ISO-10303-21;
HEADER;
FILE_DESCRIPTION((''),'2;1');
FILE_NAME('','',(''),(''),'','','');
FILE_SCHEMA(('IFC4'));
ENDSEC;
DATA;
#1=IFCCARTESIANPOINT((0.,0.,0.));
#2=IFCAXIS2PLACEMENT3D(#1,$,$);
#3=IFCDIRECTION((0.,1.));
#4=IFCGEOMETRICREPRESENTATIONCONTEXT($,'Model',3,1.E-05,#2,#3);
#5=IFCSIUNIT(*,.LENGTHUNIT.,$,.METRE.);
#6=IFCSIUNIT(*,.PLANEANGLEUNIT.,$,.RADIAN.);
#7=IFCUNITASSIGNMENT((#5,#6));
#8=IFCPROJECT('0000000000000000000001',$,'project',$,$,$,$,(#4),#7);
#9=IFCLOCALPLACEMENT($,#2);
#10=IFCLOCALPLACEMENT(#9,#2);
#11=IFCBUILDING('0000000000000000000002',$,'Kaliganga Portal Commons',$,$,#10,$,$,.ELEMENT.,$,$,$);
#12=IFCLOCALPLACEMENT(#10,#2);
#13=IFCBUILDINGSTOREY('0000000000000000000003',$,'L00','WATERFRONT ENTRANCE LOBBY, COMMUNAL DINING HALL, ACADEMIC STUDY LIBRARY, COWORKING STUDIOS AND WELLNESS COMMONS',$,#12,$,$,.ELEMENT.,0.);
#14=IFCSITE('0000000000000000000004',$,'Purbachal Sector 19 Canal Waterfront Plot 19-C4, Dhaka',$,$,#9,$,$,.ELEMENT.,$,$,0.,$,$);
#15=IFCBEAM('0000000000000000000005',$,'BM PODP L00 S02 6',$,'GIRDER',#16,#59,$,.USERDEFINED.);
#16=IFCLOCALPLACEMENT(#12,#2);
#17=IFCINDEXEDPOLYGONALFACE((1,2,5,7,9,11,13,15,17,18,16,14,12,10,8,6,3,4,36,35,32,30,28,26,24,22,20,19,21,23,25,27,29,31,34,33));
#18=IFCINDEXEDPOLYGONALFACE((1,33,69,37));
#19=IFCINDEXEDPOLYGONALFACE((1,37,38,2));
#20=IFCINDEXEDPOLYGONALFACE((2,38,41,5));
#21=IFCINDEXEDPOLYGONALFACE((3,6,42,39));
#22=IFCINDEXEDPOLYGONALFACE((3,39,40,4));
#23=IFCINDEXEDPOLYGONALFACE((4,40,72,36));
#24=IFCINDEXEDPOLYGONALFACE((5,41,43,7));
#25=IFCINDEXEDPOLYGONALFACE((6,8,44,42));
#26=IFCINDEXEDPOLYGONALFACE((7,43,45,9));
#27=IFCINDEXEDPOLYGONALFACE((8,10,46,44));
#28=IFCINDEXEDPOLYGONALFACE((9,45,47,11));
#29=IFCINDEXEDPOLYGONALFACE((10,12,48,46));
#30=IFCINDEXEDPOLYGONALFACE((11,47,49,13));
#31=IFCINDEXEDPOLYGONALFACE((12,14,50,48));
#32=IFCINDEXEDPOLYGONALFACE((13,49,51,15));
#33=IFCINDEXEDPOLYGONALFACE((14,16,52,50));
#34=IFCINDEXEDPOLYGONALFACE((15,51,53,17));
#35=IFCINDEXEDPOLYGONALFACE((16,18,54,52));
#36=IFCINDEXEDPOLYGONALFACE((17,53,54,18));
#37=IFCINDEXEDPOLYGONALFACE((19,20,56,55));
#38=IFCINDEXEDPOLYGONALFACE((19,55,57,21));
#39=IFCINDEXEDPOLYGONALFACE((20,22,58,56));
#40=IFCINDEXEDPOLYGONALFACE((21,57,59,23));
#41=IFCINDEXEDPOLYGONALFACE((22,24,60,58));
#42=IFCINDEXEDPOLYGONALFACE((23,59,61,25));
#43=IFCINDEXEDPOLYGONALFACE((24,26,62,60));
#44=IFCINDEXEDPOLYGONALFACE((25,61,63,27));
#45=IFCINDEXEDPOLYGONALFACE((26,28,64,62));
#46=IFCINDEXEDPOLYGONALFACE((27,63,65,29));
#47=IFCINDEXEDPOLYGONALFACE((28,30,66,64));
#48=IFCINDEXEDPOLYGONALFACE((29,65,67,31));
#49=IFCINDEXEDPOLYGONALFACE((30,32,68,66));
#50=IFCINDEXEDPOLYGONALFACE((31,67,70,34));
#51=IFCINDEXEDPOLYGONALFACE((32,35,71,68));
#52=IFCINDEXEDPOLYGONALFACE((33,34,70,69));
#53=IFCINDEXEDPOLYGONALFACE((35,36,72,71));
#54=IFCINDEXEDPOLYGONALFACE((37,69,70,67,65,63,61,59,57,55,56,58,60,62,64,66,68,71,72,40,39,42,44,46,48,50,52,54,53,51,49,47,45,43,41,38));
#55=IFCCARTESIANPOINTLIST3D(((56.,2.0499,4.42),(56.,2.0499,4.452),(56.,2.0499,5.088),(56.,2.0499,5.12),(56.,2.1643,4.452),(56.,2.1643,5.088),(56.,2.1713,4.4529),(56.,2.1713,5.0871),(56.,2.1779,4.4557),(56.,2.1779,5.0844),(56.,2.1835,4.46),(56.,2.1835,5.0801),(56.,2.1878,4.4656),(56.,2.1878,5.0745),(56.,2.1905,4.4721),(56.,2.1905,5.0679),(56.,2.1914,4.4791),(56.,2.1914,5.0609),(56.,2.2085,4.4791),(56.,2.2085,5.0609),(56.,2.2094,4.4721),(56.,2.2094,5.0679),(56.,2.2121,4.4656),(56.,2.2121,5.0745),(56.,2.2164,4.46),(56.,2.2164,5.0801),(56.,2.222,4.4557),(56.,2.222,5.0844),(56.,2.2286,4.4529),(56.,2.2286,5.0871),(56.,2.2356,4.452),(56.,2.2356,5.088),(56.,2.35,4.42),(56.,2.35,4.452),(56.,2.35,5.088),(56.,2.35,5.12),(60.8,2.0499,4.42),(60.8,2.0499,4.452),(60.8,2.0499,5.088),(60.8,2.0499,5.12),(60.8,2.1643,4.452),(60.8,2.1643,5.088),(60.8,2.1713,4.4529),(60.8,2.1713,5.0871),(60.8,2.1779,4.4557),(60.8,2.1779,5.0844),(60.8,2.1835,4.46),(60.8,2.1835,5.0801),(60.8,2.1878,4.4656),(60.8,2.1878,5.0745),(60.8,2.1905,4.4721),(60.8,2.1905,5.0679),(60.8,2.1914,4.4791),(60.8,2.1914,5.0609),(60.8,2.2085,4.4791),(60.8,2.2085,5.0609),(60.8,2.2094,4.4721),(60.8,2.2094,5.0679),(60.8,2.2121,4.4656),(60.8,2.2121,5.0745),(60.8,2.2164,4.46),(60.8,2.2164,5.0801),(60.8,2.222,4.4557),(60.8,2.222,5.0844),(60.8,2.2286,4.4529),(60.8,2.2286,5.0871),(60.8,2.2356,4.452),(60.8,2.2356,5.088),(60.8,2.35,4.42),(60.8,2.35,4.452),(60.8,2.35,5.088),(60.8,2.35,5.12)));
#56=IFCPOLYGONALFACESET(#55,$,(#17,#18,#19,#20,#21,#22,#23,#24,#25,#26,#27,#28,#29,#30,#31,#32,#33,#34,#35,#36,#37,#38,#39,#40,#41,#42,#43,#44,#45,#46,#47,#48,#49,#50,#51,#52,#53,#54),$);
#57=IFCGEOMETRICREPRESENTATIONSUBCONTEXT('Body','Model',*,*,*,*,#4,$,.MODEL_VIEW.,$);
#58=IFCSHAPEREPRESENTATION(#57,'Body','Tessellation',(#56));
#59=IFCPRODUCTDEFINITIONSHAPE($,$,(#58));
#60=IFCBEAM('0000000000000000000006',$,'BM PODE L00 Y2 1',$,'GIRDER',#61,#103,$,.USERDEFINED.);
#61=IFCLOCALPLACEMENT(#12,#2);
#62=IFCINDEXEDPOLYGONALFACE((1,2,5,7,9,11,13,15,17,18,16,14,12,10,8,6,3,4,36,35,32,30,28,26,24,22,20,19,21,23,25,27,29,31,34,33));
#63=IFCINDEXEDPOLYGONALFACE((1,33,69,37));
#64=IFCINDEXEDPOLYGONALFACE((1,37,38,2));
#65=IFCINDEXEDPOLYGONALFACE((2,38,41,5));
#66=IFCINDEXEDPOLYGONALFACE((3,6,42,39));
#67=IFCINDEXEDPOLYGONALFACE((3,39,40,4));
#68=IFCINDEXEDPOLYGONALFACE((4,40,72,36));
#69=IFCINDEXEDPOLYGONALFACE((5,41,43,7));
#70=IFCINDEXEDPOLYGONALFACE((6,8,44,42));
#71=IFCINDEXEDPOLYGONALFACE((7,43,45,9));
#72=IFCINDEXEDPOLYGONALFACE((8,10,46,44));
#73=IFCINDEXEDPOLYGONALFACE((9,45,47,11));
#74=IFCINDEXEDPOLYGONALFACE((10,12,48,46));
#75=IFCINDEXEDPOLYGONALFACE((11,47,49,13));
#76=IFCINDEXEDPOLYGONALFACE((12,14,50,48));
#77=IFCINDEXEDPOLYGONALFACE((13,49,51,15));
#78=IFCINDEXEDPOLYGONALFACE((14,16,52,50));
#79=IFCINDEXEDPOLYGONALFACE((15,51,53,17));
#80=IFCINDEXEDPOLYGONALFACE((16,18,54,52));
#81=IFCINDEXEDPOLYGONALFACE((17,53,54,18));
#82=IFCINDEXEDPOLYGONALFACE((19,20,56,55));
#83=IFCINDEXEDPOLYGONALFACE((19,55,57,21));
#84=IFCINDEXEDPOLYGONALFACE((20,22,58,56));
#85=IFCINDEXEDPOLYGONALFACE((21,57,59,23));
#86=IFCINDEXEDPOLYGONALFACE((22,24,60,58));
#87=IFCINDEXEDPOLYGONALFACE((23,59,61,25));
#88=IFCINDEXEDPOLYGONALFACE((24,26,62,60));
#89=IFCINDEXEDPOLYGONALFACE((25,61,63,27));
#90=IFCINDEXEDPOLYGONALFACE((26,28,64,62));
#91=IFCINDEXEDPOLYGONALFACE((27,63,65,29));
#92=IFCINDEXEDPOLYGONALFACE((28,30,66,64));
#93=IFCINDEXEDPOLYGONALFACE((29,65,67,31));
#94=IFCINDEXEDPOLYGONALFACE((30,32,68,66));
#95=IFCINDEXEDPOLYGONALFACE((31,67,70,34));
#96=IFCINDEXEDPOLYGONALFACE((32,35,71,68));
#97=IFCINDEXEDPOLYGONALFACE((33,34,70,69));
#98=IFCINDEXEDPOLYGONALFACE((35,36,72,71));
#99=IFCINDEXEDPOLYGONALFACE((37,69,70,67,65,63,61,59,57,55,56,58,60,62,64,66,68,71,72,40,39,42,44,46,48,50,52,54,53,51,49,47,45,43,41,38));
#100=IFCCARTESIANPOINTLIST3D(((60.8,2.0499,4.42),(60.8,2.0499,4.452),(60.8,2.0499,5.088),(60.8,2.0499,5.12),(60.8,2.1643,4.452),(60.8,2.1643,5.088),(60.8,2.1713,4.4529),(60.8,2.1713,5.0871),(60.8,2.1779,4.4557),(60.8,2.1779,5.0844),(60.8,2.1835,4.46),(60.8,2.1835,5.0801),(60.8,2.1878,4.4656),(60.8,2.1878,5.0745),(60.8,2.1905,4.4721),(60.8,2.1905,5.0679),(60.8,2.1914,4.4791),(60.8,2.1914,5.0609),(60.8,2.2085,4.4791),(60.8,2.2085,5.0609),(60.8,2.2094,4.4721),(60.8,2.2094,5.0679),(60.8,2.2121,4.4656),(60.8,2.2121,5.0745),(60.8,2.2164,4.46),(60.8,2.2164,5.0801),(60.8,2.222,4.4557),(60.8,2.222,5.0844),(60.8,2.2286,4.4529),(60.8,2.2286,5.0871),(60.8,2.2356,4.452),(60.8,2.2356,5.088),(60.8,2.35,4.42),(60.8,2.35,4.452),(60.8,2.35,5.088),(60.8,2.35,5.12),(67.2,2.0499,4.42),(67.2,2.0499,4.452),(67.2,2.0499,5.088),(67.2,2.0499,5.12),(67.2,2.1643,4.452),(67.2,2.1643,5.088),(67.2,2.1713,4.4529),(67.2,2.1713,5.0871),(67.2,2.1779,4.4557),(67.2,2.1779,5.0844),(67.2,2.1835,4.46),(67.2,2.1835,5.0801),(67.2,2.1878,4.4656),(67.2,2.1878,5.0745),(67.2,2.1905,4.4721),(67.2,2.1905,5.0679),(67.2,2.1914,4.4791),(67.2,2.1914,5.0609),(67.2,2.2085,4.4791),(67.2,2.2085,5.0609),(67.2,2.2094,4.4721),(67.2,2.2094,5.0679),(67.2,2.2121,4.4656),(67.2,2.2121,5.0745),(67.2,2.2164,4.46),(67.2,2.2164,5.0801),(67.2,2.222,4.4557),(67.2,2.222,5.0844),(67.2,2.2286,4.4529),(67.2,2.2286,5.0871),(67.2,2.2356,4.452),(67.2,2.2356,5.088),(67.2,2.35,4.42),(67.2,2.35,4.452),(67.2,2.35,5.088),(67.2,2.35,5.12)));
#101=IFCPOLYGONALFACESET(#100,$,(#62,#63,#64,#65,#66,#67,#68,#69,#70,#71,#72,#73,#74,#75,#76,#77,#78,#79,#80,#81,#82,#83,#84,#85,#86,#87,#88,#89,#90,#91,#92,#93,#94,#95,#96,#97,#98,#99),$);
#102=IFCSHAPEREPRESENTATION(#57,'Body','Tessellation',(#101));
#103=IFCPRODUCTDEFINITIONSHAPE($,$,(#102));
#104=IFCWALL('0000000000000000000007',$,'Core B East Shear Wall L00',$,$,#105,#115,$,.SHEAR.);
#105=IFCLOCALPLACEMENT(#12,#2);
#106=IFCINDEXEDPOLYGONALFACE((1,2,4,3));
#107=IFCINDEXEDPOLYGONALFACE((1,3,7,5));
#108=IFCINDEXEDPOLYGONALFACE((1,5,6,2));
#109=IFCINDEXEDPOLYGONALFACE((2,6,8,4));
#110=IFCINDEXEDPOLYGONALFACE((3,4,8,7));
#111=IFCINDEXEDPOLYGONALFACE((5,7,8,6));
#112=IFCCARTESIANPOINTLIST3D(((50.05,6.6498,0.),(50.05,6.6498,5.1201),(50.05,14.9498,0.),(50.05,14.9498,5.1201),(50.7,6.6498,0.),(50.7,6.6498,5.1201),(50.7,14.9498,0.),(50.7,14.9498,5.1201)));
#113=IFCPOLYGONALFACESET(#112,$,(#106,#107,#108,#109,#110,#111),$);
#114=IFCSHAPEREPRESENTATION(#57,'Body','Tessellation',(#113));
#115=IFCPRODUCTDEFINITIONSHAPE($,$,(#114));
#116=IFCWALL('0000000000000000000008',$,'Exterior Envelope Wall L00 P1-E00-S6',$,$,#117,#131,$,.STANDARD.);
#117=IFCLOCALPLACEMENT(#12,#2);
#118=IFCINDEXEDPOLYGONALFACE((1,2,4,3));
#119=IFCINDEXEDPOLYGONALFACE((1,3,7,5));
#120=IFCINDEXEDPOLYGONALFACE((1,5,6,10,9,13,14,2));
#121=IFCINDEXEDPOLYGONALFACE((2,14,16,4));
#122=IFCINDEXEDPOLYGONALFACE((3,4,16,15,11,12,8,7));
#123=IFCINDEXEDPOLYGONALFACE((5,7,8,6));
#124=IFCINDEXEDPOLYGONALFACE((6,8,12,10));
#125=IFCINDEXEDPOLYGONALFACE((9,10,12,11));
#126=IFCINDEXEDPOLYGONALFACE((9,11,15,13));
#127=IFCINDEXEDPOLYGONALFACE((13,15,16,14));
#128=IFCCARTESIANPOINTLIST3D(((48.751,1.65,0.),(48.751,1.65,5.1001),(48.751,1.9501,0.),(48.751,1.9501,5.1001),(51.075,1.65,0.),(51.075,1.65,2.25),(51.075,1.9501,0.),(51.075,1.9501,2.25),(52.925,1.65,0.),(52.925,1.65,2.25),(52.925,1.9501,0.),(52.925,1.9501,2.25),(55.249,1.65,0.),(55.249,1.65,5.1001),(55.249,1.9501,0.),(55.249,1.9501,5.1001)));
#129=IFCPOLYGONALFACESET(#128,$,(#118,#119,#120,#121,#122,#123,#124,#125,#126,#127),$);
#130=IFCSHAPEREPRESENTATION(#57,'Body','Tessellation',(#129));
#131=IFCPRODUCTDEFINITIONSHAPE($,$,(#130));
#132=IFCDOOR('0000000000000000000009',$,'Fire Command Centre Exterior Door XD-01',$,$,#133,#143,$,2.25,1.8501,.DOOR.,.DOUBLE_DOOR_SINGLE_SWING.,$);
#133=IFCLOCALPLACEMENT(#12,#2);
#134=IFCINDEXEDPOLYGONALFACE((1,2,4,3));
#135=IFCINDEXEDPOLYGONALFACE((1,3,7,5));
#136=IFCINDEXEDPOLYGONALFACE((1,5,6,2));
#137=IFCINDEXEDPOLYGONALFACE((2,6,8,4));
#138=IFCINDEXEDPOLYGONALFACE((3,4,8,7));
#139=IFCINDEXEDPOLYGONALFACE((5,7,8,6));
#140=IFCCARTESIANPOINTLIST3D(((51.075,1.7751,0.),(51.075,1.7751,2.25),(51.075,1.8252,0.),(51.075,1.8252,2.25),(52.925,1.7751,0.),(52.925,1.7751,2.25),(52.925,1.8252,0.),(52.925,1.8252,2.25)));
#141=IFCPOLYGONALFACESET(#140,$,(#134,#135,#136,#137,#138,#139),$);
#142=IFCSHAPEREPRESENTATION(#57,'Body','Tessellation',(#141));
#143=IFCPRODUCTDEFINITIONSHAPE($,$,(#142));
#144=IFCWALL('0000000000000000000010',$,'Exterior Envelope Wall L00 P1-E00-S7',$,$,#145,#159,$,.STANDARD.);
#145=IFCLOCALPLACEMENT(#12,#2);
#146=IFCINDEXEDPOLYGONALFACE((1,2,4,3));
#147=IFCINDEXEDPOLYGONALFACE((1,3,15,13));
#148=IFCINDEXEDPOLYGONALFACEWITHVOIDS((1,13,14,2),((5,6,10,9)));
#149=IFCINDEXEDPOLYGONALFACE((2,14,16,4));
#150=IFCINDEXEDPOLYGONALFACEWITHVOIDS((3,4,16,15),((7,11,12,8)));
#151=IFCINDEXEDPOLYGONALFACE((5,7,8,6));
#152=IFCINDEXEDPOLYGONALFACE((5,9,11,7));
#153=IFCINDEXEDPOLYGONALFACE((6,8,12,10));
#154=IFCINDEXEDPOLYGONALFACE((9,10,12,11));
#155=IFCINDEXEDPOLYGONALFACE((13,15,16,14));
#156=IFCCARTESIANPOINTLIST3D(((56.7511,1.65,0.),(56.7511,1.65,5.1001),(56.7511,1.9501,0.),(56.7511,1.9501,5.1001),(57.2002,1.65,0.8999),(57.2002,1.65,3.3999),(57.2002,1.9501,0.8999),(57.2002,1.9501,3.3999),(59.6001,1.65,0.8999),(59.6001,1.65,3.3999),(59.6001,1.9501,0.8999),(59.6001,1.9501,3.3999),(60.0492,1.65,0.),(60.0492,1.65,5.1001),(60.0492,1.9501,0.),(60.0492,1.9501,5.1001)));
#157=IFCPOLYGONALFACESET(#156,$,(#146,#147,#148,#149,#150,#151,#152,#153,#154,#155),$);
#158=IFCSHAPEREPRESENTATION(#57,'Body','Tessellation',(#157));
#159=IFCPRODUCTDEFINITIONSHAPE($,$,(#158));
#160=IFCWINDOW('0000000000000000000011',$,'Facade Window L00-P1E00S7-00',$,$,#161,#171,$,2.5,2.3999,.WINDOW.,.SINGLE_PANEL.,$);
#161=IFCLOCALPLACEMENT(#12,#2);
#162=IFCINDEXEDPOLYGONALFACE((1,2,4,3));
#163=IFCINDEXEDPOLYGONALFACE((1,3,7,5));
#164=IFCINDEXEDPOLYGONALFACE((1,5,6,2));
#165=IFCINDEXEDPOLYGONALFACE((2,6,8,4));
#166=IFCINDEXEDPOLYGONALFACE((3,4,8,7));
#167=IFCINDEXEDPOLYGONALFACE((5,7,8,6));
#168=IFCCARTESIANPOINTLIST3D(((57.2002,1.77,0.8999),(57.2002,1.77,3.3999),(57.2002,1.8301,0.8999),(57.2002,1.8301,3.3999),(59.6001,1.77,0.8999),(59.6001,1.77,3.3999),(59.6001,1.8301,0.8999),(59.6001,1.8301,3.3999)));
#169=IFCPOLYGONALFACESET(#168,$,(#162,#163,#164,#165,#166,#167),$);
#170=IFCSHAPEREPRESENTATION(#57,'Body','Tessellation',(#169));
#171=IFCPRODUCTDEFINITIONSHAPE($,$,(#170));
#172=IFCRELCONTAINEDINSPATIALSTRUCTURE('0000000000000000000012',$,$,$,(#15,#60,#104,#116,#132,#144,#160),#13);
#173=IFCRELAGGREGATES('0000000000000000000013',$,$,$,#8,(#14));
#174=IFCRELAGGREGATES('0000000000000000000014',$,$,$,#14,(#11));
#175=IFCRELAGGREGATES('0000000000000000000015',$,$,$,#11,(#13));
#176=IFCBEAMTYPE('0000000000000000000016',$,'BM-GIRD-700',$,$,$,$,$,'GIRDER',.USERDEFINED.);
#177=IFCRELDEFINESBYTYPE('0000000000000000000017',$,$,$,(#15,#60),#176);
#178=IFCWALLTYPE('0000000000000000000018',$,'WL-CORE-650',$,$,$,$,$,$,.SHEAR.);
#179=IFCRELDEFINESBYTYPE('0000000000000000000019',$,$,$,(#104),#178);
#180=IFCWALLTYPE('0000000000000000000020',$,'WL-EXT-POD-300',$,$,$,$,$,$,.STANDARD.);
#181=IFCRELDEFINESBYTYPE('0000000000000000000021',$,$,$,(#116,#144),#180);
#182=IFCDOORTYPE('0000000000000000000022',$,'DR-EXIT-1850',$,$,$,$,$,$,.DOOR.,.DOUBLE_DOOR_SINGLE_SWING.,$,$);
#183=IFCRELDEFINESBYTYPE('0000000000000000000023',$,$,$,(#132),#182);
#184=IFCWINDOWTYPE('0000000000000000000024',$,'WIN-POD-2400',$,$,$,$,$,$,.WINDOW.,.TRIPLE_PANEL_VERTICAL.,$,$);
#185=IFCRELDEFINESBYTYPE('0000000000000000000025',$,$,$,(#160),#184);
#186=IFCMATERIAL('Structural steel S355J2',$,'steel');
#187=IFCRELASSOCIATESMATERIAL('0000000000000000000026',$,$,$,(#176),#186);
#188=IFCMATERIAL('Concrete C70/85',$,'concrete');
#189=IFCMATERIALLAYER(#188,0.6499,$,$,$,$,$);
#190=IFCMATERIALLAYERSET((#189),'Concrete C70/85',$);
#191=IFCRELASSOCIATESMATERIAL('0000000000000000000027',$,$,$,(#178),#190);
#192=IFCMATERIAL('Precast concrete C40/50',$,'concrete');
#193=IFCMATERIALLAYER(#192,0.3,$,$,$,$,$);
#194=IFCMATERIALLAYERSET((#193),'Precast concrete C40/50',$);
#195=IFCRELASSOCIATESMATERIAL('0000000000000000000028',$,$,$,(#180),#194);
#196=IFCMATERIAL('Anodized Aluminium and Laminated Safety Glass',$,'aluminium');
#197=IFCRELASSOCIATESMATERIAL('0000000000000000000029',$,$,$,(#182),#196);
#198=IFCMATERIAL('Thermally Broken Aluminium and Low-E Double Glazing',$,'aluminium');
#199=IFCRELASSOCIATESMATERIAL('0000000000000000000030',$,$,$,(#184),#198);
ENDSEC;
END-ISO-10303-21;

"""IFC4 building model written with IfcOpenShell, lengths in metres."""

from ifc_helpers import new_model, si_unit, direction, frame, frame_2d, origin, origin_2d, place, context, subcontext, project, spatial, rectangle, i_section, extrude, source, transform, mapped, material, layer, layer_set, material_profile, profile_set, type_object, element, fill, save


model = new_model("IFC4")

# Units and contexts
model_context = context("Model", 3, precision=1e-05, world=origin(), true_north=direction((0.0, 1.0)))
body_context = subcontext(model_context, "Body", "Model", "MODEL_VIEW")
ifc_project = project(units=[si_unit("LENGTHUNIT", "METRE"), si_unit("PLANEANGLEUNIT", "RADIAN")], contexts=[model_context])

# Site, building, storey
site_placement = place(None, origin())
site = spatial("IfcSite", under=ifc_project, at=site_placement, Name="Purbachal Sector 19 Canal Waterfront Plot 19-C4, Dhaka", CompositionType="ELEMENT", RefElevation=0.0)
building_placement = place(site_placement, origin())
building = spatial("IfcBuilding", under=site, at=building_placement, Name="Kaliganga Portal Commons", CompositionType="ELEMENT")
storey_placement = place(building_placement, origin())
storey = spatial("IfcBuildingStorey", under=building, at=storey_placement, Name="L00", Description="WATERFRONT ENTRANCE LOBBY, COMMUNAL DINING HALL, ACADEMIC STUDY LIBRARY, COWORKING STUDIOS AND WELLNESS COMMONS", CompositionType="ELEMENT", Elevation=0.0)

# Shared definitions
ifc_material_1 = material(Name="Concrete C70/85", Category="concrete")

# Beams
ifc_material_2 = material(Name="Structural steel S355J2", Category="steel")
ifc_material_profile_1 = material_profile(ifc_material_2, i_section(OverallWidth=0.3, OverallDepth=0.7, WebThickness=0.0171, FlangeThickness=0.032, FilletRadius=0.0271, at=origin_2d()), Name="HE 700 B")
ifc_profile_set_1 = profile_set([ifc_material_profile_1], Name="Structural steel S355J2 wide-flange")
beam_type = type_object("IfcBeamType", Name="BM-GIRD-700", ElementType="GIRDER", PredefinedType="USERDEFINED", material=ifc_profile_set_1)
shared_shape_1 = source(origin(), body_context, "Body", "SweptSolid", [
    extrude(i_section(OverallWidth=0.3, OverallDepth=0.7, WebThickness=0.0171, FlangeThickness=0.032, FilletRadius=0.0271, at=origin_2d()), origin(), (0.0, 0.0, 1.0), 4.8),
])
beam_1_placement = place(storey_placement, frame((56.0, 2.2, 4.77), z_axis=(1.0, 0.0, 0.0), x_axis=(0.0, 1.0, 0.0)))
element("IfcBeam", 1, at=beam_1_placement, inside=storey, type_object=beam_type, Name="BM PODP L00 S02 6", ObjectType="GIRDER", PredefinedType="USERDEFINED", context=body_context, shape_type="MappedRepresentation", body=[
    mapped(shared_shape_1, transform((0.0, 0.0, 0.0), x_axis=(1.0, 0.0, 0.0), y_axis=(0.0, 1.0, 0.0), z_axis=(0.0, 0.0, 1.0), scale=1.0)),
])
shared_shape_2 = source(origin(), body_context, "Body", "SweptSolid", [
    extrude(i_section(OverallWidth=0.3, OverallDepth=0.7, WebThickness=0.0171, FlangeThickness=0.032, FilletRadius=0.0271, at=origin_2d()), origin(), (0.0, 0.0, 1.0), 6.3999),
])
beam_2_placement = place(storey_placement, frame((60.8, 2.2, 4.77), z_axis=(1.0, 0.0, 0.0), x_axis=(0.0, 1.0, 0.0)))
element("IfcBeam", 2, at=beam_2_placement, inside=storey, type_object=beam_type, Name="BM PODE L00 Y2 1", ObjectType="GIRDER", PredefinedType="USERDEFINED", context=body_context, shape_type="MappedRepresentation", body=[
    mapped(shared_shape_2, transform((0.0, 0.0, 0.0), x_axis=(1.0, 0.0, 0.0), y_axis=(0.0, 1.0, 0.0), z_axis=(0.0, 0.0, 1.0), scale=1.0)),
])

# Wall
ifc_layer_1 = layer(ifc_material_1, 0.6499)
ifc_layer_set_1 = layer_set([ifc_layer_1], Name="Concrete C70/85")
wall_type_1 = type_object("IfcWallType", Name="WL-CORE-650", PredefinedType="SHEAR", material=ifc_layer_set_1)
wall_1_placement = place(storey_placement, frame((50.375, 6.6499, 0.0), z_axis=(0.0, 0.0, 1.0), x_axis=(0.0, 1.0, 0.0)))
element("IfcWall", 3, at=wall_1_placement, inside=storey, type_object=wall_type_1, Name="Core B East Shear Wall L00", PredefinedType="SHEAR", context=body_context, shape_type="SweptSolid", body=[
    extrude(rectangle(XDim=8.3, YDim=0.6499, at=frame_2d((4.1499, 0.0))), origin(), (0.0, 0.0, 1.0), 5.1201),
])

# Wall, opening, door
ifc_material_3 = material(Name="Precast concrete C40/50", Category="concrete")
ifc_layer_2 = layer(ifc_material_3, 0.3)
ifc_layer_set_2 = layer_set([ifc_layer_2], Name="Precast concrete C40/50")
wall_type_2 = type_object("IfcWallType", Name="WL-EXT-POD-300", PredefinedType="STANDARD", material=ifc_layer_set_2)
wall_2_placement = place(storey_placement, frame((55.249, 1.8, 0.0), z_axis=(0.0, 0.0, 1.0), x_axis=(-1.0, 0.0, 0.0)))
wall_2 = element("IfcWall", 4, at=wall_2_placement, inside=storey, type_object=wall_type_2, Name="Exterior Envelope Wall L00 P1-E00-S6", PredefinedType="STANDARD", context=body_context, shape_type="SweptSolid", body=[
    extrude(rectangle(XDim=6.498, YDim=0.3, at=frame_2d((3.249, 0.0))), origin(), (0.0, 0.0, 1.0), 5.1001),
])
opening_1_placement = place(wall_2_placement, frame((2.324, 0.0, 0.0)))
opening_1 = element("IfcOpeningElement", 5, at=opening_1_placement, cuts=wall_2, PredefinedType="OPENING", context=body_context, shape_type="SweptSolid", body=[
    extrude(rectangle(XDim=1.8501, YDim=2.25, at=frame_2d((0.925, 1.125))), frame((0.0, 0.1602, 0.0), z_axis=(0.0, -1.0, 0.0), x_axis=(1.0, 0.0, 0.0)), (0.0, 0.0, 1.0), 0.3201),
])
ifc_material_4 = material(Name="Anodized Aluminium and Laminated Safety Glass", Category="aluminium")
door_type = type_object("IfcDoorType", Name="DR-EXIT-1850", OperationType="DOUBLE_DOOR_SINGLE_SWING", PredefinedType="DOOR", material=ifc_material_4)
door_placement = place(opening_1_placement, origin())
door = element("IfcDoor", 6, at=door_placement, inside=storey, type_object=door_type, Name="Fire Command Centre Exterior Door XD-01", OperationType="DOUBLE_DOOR_SINGLE_SWING", OverallHeight=2.25, OverallWidth=1.8501, PredefinedType="DOOR", context=body_context, shape_type="SweptSolid", body=[
    extrude(rectangle(XDim=1.8501, YDim=2.25, at=frame_2d((0.925, 1.125))), frame((0.0, 0.0249, 0.0), z_axis=(0.0, -1.0, 0.0), x_axis=(1.0, 0.0, 0.0)), (0.0, 0.0, 1.0), 0.05),
])
fill(opening_1, door)

# Wall, opening, window
wall_3_placement = place(storey_placement, frame((60.0491, 1.8, 0.0), z_axis=(0.0, 0.0, 1.0), x_axis=(-1.0, 0.0, 0.0)))
wall_3 = element("IfcWall", 7, at=wall_3_placement, inside=storey, type_object=wall_type_2, Name="Exterior Envelope Wall L00 P1-E00-S7", PredefinedType="STANDARD", context=body_context, shape_type="SweptSolid", body=[
    extrude(rectangle(XDim=3.2981, YDim=0.3, at=frame_2d((1.6489, 0.0))), origin(), (0.0, 0.0, 1.0), 5.1001),
])
opening_2_placement = place(wall_3_placement, frame((0.449, 0.0, 0.8999)))
opening_2 = element("IfcOpeningElement", 8, at=opening_2_placement, cuts=wall_3, PredefinedType="OPENING", context=body_context, shape_type="SweptSolid", body=[
    extrude(rectangle(XDim=2.3999, YDim=2.5, at=frame_2d((1.2, 1.25))), frame((0.0, 0.1602, 0.0), z_axis=(0.0, -1.0, 0.0), x_axis=(1.0, 0.0, 0.0)), (0.0, 0.0, 1.0), 0.3201),
])
ifc_material_5 = material(Name="Thermally Broken Aluminium and Low-E Double Glazing", Category="aluminium")
window_type = type_object("IfcWindowType", Name="WIN-POD-2400", PartitioningType="TRIPLE_PANEL_VERTICAL", PredefinedType="WINDOW", material=ifc_material_5)
window_placement = place(opening_2_placement, origin())
window = element("IfcWindow", 9, at=window_placement, inside=storey, type_object=window_type, Name="Facade Window L00-P1E00S7-00", OverallHeight=2.5, OverallWidth=2.3999, PartitioningType="SINGLE_PANEL", PredefinedType="WINDOW", context=body_context, shape_type="SweptSolid", body=[
    extrude(rectangle(XDim=2.3999, YDim=2.5, at=frame_2d((1.2, 1.25))), frame((0.0, 0.03, 0.0), z_axis=(0.0, -1.0, 0.0), x_axis=(1.0, 0.0, 0.0)), (0.0, 0.0, 1.0), 0.0601),
])
fill(opening_2, window)

save(model, "model.ifc")
